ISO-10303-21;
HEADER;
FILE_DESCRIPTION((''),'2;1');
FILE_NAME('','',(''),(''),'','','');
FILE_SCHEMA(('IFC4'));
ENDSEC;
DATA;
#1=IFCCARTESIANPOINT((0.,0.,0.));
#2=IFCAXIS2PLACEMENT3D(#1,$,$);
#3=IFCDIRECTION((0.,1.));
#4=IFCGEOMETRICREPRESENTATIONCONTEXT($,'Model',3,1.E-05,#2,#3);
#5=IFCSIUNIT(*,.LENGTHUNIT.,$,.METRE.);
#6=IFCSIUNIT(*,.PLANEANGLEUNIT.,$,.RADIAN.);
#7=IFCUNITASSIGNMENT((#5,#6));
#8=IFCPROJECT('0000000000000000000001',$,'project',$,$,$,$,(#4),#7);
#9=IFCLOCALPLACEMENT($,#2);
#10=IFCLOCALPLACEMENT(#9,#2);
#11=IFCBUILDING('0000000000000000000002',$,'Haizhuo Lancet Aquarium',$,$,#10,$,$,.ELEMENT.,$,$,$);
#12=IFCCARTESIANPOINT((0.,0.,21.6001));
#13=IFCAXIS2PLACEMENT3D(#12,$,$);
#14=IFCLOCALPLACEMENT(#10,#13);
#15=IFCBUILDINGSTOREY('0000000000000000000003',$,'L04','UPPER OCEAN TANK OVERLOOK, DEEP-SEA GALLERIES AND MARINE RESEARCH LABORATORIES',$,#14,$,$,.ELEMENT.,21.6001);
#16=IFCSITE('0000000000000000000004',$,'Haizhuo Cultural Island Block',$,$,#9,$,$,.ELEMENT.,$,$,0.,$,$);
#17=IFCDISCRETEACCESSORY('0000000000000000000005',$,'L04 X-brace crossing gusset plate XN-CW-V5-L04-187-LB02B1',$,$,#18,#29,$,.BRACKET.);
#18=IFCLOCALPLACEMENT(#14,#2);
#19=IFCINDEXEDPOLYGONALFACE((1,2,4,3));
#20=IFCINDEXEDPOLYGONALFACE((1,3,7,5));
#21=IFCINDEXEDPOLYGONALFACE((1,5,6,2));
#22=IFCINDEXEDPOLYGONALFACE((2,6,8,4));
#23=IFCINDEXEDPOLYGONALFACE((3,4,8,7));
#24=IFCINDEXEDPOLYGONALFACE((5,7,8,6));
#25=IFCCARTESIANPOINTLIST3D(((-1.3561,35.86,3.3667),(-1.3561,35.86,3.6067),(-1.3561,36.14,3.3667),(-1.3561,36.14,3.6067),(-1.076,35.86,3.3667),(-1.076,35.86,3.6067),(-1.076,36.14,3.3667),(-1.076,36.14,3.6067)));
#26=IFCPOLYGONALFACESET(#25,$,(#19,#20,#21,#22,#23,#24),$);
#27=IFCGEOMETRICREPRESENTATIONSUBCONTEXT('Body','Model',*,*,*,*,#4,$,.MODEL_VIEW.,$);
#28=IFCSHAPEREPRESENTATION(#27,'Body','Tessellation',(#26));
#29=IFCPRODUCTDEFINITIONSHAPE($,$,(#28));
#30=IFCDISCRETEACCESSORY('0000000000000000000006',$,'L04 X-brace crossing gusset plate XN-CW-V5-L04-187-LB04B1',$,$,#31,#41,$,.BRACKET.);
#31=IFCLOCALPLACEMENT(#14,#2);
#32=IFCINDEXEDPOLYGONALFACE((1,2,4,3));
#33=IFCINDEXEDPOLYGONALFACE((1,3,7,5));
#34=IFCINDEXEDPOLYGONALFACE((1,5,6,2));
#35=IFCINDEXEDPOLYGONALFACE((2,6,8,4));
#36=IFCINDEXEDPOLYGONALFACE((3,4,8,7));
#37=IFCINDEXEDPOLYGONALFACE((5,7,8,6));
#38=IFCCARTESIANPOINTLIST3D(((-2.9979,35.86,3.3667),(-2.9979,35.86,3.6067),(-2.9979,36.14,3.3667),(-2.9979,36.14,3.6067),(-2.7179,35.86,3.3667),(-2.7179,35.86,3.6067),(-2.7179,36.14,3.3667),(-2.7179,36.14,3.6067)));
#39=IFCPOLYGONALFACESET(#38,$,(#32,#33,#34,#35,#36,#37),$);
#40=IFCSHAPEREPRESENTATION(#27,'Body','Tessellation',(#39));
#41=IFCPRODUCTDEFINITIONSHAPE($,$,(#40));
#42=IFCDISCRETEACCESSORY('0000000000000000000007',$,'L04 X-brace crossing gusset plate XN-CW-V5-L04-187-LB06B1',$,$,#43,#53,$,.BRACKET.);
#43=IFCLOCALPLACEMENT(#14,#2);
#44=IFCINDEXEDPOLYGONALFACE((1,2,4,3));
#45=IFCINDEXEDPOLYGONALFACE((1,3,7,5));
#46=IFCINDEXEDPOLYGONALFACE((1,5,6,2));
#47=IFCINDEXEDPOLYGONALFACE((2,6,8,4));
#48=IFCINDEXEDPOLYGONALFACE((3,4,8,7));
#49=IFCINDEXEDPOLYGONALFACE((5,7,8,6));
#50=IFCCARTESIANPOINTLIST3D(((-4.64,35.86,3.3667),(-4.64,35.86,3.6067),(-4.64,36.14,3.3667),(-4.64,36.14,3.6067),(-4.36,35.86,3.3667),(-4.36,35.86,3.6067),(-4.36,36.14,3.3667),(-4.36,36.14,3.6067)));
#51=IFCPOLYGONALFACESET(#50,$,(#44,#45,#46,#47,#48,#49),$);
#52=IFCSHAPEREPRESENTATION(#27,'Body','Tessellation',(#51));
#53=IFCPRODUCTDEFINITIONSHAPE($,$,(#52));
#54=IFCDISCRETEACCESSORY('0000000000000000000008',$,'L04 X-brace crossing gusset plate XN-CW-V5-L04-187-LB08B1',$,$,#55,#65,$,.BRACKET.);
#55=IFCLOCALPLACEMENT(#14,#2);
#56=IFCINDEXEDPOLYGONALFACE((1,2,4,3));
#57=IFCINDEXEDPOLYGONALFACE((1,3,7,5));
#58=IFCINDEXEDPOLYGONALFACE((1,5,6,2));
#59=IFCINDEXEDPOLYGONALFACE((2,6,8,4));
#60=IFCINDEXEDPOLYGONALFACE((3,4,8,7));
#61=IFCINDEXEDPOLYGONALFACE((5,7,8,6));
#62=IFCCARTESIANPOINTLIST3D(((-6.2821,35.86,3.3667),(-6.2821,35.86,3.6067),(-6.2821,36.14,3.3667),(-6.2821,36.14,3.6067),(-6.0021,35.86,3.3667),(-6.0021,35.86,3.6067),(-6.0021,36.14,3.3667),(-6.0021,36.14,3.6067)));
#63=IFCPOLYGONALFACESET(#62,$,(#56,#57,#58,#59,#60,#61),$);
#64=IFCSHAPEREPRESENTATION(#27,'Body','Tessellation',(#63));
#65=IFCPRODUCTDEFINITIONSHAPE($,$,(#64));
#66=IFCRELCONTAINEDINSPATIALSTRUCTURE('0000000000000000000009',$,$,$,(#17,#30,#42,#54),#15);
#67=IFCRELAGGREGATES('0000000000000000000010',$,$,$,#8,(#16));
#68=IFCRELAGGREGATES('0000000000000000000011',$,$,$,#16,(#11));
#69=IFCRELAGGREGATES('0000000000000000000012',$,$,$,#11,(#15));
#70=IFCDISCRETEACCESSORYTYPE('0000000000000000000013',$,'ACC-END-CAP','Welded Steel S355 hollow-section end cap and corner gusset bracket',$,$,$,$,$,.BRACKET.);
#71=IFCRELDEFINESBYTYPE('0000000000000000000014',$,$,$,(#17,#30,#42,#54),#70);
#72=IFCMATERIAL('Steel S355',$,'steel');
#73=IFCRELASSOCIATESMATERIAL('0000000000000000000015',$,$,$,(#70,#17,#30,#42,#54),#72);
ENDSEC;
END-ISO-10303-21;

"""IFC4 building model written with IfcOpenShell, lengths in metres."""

from ifc_helpers import new_model, si_unit, direction, frame, origin, origin_2d, place, context, subcontext, project, spatial, rectangle, extrude, material, type_object, element, save


model = new_model("IFC4")

# Units and contexts
model_context = context("Model", 3, precision=1e-05, world=origin(), true_north=direction((0.0, 1.0)))
body_context = subcontext(model_context, "Body", "Model", "MODEL_VIEW")
ifc_project = project(units=[si_unit("LENGTHUNIT", "METRE"), si_unit("PLANEANGLEUNIT", "RADIAN")], contexts=[model_context])

# Site, building, storey
site_placement = place(None, origin())
site = spatial("IfcSite", under=ifc_project, at=site_placement, Name="Haizhuo Cultural Island Block", CompositionType="ELEMENT", RefElevation=0.0)
building_placement = place(site_placement, origin())
building = spatial("IfcBuilding", under=site, at=building_placement, Name="Haizhuo Lancet Aquarium", CompositionType="ELEMENT")
storey_placement = place(building_placement, frame((0.0, 0.0, 21.6001)))
storey = spatial("IfcBuildingStorey", under=building, at=storey_placement, Name="L04", Description="UPPER OCEAN TANK OVERLOOK, DEEP-SEA GALLERIES AND MARINE RESEARCH LABORATORIES", CompositionType="ELEMENT", Elevation=21.6001)

# Shared definitions
ifc_material_1 = material(Name="Steel S355", Category="steel")

# Discrete accessories
discrete_accessory_type = type_object("IfcDiscreteAccessoryType", Name="ACC-END-CAP", Description="Welded Steel S355 hollow-section end cap and corner gusset bracket", PredefinedType="BRACKET", material=ifc_material_1)
for number, where, z_axis, x_axis, name in (
    (1, (-1.2161, 36.0, 3.3667), (0.0, 0.0, 1.0), (1.0, 0.0, 0.0), "L04 X-brace crossing gusset plate XN-CW-V5-L04-187-LB02B1"),
    (2, (-2.8579, 36.0, 3.3667), (0.0, 0.0, 1.0), (1.0, 0.0, 0.0), "L04 X-brace crossing gusset plate XN-CW-V5-L04-187-LB04B1"),
    (3, (-4.5, 36.0, 3.3667), (0.0, 0.0, 1.0), (1.0, 0.0, 0.0), "L04 X-brace crossing gusset plate XN-CW-V5-L04-187-LB06B1"),
    (4, (-6.1421, 36.0, 3.3667), (0.0, 0.0, 1.0), (1.0, 0.0, 0.0), "L04 X-brace crossing gusset plate XN-CW-V5-L04-187-LB08B1"),
):
    element("IfcDiscreteAccessory", number, at=place(storey_placement, frame(where, z_axis=z_axis, x_axis=x_axis)), inside=storey, type_object=discrete_accessory_type, material=ifc_material_1, Name=name, PredefinedType="BRACKET", context=body_context, shape_type="SweptSolid", body=[
        extrude(rectangle(XDim=0.28, YDim=0.28, at=origin_2d()), origin(), (0.0, 0.0, 1.0), 0.24),
    ])

save(model, "model.ifc")
